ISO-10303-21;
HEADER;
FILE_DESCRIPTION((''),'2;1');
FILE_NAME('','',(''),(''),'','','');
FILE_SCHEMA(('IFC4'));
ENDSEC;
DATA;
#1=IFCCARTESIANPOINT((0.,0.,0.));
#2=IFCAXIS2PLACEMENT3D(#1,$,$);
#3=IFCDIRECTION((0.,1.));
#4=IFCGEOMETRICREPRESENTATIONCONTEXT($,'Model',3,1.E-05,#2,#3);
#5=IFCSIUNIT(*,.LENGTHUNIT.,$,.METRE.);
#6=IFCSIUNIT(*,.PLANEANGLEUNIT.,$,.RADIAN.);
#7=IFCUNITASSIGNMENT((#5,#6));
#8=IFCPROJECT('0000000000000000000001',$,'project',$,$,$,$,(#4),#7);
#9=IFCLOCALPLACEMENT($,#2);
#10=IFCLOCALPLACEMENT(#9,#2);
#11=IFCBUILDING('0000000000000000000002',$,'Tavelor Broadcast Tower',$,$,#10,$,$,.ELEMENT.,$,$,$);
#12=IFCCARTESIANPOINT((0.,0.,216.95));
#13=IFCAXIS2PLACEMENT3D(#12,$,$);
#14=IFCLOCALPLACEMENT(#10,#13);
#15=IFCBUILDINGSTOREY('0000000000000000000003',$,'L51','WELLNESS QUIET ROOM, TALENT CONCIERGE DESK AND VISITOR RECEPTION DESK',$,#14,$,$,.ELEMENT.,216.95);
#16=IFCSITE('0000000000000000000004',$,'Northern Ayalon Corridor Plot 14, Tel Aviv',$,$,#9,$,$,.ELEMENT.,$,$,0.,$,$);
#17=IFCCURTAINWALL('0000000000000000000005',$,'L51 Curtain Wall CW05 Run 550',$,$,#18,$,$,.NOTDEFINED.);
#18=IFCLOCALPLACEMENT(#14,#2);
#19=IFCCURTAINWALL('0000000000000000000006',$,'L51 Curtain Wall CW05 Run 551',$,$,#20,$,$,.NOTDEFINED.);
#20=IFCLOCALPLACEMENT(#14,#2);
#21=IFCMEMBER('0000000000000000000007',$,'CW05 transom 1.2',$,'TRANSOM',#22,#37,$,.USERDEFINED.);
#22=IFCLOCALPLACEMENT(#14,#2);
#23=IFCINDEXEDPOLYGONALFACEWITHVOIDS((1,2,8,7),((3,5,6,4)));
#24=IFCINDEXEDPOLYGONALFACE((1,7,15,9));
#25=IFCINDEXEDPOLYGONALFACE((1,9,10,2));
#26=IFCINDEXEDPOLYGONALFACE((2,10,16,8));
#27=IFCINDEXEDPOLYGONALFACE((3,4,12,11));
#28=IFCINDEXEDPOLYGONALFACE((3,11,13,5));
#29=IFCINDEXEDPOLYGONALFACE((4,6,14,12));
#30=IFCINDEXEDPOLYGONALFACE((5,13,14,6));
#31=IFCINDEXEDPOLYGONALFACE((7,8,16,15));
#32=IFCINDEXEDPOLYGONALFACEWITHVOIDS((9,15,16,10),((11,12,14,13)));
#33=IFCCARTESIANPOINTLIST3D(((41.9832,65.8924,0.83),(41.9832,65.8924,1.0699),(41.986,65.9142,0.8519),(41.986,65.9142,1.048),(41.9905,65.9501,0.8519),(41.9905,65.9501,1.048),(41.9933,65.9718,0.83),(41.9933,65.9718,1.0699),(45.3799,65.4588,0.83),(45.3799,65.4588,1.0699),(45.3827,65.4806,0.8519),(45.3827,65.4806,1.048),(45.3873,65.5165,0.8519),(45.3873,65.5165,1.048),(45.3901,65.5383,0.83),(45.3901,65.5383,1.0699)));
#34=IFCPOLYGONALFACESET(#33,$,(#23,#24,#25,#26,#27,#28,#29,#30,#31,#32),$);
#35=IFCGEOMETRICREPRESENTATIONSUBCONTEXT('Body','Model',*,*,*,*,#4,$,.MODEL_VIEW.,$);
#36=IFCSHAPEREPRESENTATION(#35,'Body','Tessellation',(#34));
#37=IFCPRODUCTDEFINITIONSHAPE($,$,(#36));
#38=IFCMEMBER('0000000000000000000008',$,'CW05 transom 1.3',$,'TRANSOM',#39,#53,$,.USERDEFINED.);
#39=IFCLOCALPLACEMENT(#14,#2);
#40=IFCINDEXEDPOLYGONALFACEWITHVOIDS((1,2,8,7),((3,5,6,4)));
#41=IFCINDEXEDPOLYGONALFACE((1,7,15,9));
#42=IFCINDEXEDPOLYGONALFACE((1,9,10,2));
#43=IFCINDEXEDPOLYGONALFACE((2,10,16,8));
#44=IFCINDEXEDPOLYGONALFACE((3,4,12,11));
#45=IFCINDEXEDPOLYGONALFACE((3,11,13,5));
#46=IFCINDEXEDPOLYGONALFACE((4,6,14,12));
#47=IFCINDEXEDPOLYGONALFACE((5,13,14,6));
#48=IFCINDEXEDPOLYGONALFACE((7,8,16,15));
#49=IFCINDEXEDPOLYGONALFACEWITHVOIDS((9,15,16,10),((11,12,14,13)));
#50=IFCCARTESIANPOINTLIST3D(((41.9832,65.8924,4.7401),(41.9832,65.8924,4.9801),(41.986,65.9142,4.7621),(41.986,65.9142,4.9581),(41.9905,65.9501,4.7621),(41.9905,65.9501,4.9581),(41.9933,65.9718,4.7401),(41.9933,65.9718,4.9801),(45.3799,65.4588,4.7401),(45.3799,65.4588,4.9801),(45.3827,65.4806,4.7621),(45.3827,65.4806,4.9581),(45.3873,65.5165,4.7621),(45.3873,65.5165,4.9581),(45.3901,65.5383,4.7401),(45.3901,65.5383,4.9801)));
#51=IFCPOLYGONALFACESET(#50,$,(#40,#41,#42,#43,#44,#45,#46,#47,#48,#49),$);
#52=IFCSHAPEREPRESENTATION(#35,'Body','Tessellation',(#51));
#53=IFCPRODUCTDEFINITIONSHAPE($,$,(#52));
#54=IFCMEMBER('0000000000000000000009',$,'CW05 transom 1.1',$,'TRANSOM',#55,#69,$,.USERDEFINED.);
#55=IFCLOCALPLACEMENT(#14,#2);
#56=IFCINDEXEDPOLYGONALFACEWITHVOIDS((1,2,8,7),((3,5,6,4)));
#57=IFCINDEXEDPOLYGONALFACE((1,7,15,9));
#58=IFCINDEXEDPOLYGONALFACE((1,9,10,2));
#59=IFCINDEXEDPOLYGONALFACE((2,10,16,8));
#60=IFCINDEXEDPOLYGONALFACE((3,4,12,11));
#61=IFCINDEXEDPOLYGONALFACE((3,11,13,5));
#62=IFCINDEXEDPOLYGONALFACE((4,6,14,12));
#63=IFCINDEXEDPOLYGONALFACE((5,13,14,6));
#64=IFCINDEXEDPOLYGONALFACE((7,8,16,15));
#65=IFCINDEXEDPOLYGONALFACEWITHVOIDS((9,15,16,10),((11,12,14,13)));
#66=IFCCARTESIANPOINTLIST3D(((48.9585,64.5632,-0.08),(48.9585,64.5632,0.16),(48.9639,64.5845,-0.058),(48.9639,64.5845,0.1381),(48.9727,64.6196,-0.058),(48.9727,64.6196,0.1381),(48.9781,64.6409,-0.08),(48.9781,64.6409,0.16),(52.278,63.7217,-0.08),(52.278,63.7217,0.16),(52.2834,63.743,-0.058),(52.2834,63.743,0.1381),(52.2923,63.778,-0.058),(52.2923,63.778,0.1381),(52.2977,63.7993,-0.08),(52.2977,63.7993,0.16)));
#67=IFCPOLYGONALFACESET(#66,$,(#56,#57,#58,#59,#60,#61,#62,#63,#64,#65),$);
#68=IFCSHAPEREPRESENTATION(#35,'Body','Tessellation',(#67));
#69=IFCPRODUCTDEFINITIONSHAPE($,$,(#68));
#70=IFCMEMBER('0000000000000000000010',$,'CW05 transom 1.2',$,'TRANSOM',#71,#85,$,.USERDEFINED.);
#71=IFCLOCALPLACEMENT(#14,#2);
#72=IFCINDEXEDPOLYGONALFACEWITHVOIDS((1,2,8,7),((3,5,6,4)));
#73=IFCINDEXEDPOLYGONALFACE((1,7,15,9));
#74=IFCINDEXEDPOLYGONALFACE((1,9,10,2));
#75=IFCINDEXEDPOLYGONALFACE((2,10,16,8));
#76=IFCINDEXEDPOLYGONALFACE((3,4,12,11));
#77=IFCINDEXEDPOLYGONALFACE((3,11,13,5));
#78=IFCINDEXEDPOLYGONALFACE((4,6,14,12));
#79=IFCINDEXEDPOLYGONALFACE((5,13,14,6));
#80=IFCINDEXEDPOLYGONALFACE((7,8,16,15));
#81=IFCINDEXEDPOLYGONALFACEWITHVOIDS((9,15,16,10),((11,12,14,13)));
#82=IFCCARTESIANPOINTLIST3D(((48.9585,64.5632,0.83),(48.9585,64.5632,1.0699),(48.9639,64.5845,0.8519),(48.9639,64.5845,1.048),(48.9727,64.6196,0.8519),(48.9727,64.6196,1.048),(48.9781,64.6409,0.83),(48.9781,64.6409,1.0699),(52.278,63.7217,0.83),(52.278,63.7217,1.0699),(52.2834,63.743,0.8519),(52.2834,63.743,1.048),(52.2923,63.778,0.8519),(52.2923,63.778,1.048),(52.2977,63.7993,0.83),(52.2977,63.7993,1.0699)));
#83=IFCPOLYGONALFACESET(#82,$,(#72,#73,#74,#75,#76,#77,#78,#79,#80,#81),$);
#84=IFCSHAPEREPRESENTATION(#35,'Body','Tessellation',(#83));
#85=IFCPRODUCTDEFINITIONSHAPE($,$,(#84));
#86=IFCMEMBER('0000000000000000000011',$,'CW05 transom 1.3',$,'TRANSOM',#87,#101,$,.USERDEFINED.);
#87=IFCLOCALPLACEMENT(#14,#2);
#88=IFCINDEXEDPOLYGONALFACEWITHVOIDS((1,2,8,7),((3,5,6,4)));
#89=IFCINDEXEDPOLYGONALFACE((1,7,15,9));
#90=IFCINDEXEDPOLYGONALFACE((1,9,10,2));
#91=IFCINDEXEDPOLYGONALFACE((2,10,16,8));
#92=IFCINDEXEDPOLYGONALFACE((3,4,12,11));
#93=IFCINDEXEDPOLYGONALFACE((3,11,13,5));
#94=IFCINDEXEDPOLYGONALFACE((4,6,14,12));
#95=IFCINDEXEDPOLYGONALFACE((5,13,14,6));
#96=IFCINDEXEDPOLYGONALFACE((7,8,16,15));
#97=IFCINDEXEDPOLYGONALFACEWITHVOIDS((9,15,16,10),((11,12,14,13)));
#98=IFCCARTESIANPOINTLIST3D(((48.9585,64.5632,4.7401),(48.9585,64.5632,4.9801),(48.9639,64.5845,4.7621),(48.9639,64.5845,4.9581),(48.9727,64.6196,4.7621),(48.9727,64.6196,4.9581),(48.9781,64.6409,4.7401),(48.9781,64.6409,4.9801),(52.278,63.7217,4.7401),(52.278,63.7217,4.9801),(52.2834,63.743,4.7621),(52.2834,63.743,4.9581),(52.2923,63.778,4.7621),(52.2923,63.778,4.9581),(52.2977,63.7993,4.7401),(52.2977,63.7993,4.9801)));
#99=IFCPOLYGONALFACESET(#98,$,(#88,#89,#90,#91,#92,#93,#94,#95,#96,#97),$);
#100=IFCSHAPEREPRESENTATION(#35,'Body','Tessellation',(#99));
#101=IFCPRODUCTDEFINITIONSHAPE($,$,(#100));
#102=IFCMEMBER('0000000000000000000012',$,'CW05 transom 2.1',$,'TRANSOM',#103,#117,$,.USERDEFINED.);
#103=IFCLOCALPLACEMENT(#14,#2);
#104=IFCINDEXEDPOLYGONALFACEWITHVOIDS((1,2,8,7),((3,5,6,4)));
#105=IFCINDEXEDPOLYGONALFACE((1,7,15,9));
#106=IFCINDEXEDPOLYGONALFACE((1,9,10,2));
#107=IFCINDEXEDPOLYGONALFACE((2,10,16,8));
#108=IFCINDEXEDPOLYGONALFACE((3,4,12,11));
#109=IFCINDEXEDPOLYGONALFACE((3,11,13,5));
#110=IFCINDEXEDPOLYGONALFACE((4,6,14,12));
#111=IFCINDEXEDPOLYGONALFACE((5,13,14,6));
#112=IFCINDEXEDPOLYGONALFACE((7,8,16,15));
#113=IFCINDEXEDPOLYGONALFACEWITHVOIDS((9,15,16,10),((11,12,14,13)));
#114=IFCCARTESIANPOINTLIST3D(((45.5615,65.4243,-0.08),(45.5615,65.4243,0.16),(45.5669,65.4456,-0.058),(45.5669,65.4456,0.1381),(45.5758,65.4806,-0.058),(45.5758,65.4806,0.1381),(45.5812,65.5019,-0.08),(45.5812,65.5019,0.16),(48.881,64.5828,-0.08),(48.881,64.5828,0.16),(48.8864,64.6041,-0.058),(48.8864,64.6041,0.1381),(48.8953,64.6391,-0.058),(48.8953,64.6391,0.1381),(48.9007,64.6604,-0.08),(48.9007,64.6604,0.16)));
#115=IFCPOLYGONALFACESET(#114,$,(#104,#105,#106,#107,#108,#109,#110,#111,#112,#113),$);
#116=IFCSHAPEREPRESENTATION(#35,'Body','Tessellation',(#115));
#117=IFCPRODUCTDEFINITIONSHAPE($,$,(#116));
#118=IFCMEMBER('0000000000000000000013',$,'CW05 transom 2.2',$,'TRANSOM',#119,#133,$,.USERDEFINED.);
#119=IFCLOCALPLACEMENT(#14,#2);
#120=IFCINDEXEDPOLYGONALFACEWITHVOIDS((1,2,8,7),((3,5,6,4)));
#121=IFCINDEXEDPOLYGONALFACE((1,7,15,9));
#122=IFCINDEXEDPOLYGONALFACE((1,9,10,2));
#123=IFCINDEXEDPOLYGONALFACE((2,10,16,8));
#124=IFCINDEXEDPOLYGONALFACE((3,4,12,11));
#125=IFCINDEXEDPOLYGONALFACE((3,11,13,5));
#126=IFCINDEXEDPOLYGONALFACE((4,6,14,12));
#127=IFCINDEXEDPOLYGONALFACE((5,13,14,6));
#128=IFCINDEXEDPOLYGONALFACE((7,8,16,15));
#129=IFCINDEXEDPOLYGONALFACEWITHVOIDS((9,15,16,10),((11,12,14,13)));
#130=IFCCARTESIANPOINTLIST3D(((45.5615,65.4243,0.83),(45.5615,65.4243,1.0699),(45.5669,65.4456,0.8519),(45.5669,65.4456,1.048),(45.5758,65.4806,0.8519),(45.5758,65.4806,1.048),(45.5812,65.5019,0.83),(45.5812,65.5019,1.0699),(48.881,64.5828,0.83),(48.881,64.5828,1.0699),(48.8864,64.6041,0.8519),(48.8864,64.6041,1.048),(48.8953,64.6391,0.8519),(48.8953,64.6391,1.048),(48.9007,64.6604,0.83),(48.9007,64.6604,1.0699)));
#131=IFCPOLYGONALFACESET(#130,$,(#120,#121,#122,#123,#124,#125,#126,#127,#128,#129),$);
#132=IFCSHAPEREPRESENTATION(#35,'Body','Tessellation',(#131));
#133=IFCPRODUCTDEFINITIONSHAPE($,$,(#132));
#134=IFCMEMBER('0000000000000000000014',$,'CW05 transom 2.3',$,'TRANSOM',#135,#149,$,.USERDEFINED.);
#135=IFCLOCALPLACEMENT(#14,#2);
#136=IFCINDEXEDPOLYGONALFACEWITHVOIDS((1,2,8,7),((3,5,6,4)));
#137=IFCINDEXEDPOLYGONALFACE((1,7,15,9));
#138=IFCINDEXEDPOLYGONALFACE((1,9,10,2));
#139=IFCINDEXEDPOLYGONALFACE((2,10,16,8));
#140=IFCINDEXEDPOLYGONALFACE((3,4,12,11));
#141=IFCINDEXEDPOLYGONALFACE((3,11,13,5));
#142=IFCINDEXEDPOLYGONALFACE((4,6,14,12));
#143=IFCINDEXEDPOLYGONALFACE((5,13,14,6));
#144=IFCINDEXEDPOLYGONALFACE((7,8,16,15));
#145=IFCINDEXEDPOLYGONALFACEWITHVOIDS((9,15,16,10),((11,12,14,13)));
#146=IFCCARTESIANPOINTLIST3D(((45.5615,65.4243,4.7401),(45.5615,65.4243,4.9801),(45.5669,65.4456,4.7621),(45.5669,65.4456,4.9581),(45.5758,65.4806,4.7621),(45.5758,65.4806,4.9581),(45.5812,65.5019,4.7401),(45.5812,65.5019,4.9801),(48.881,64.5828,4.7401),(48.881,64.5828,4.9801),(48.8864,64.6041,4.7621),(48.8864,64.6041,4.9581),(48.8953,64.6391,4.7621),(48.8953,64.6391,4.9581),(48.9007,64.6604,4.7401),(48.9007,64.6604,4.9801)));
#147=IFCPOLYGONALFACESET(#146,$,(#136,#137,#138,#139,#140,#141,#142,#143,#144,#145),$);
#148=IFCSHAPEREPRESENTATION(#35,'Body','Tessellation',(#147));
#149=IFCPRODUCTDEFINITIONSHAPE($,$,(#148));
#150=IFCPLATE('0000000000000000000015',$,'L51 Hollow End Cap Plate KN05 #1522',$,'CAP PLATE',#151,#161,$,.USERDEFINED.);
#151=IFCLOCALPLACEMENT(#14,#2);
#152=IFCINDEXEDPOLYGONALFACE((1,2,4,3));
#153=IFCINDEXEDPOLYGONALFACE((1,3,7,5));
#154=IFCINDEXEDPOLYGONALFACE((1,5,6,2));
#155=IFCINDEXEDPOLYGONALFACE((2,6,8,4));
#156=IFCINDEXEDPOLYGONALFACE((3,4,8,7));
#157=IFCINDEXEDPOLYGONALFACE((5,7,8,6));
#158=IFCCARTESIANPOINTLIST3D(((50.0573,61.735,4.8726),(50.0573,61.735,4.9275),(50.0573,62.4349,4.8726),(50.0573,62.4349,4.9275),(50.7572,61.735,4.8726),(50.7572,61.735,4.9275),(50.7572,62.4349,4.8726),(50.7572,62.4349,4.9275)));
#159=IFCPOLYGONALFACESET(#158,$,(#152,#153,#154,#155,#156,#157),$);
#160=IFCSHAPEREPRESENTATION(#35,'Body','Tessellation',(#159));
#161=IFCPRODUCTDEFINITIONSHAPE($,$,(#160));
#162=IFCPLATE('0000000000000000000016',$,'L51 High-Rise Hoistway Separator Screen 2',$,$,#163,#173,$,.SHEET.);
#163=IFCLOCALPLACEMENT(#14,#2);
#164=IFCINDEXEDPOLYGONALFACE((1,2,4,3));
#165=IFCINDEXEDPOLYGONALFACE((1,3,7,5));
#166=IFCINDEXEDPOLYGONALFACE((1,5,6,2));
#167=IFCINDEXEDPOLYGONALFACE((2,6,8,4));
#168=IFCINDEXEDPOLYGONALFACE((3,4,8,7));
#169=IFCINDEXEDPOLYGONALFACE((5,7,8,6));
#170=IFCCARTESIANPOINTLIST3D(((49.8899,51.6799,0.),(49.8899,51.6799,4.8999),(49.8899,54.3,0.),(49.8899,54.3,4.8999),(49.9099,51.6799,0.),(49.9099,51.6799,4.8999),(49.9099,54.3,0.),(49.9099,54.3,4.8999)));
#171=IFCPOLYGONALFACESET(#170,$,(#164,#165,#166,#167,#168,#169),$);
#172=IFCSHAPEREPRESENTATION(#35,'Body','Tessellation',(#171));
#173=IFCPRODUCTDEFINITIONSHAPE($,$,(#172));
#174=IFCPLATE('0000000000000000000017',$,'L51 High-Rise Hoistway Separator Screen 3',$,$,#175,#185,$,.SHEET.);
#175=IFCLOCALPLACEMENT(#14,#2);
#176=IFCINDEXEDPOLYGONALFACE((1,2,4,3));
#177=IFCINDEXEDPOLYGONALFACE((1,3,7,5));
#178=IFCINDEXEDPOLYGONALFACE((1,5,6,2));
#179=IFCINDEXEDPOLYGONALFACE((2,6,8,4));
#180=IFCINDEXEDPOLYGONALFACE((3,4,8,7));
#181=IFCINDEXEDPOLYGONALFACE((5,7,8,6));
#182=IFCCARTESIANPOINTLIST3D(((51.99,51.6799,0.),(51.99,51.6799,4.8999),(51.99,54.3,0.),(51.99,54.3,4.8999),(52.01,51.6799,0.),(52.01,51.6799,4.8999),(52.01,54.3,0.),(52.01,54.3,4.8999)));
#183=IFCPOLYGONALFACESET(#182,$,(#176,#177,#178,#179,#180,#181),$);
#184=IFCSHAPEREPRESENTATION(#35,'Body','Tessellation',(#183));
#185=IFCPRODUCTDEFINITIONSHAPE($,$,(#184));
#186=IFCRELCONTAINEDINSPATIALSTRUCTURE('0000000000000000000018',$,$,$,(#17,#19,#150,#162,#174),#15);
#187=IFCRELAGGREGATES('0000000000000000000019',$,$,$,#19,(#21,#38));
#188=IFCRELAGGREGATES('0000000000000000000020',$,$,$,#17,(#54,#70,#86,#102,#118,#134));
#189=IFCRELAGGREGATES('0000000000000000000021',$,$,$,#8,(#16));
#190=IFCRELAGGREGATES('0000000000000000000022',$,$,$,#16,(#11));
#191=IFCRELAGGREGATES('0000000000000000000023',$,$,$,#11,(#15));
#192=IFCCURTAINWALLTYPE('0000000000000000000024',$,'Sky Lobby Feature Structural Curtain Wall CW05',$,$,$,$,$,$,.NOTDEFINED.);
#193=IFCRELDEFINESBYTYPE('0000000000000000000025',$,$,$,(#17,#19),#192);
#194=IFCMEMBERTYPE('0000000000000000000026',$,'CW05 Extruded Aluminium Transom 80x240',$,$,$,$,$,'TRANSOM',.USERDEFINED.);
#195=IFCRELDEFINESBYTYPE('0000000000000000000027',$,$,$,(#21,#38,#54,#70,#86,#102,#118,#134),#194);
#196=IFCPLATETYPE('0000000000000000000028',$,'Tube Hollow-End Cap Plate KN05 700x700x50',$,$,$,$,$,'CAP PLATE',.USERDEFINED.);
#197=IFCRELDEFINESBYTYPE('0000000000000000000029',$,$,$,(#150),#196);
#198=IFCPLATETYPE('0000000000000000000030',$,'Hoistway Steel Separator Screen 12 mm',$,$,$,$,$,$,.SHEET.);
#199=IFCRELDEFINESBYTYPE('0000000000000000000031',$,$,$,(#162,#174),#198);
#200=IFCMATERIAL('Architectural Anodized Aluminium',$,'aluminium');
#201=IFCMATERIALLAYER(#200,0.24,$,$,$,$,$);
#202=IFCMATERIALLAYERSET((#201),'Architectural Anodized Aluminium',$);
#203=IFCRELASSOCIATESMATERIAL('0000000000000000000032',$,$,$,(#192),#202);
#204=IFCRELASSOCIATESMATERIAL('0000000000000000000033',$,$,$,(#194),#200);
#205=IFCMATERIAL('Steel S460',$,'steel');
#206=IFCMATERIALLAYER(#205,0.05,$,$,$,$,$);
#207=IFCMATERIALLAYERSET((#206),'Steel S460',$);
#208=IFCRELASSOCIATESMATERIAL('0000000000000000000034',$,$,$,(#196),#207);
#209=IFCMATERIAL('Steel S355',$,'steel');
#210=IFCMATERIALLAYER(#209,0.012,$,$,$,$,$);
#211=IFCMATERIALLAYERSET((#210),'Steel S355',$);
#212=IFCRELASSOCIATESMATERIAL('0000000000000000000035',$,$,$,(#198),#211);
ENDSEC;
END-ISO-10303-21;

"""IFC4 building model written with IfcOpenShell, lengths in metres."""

from ifc_helpers import new_model, si_unit, direction, frame, origin, origin_2d, place, context, subcontext, project, spatial, rectangle, hollow_rectangle, extrude, source, transform, mapped, material, layer, layer_set, material_profile, profile_set, type_object, type_shapes, element, aggregate, save


model = new_model("IFC4")

# Units and contexts
model_context = context("Model", 3, precision=1e-05, world=origin(), true_north=direction((0.0, 1.0)))
body_context = subcontext(model_context, "Body", "Model", "MODEL_VIEW")
ifc_project = project(units=[si_unit("LENGTHUNIT", "METRE"), si_unit("PLANEANGLEUNIT", "RADIAN")], contexts=[model_context])

# Site, building, storey
site_placement = place(None, origin())
site = spatial("IfcSite", under=ifc_project, at=site_placement, Name="Northern Ayalon Corridor Plot 14, Tel Aviv", CompositionType="ELEMENT", RefElevation=0.0)
building_placement = place(site_placement, origin())
building = spatial("IfcBuilding", under=site, at=building_placement, Name="Tavelor Broadcast Tower", CompositionType="ELEMENT")
storey_placement = place(building_placement, frame((0.0, 0.0, 216.95)))
storey = spatial("IfcBuildingStorey", under=building, at=storey_placement, Name="L51", Description="WELLNESS QUIET ROOM, TALENT CONCIERGE DESK AND VISITOR RECEPTION DESK", CompositionType="ELEMENT", Elevation=216.95)

# Shared definitions
ifc_material_1 = material(Name="Steel S460", Category="steel")

# Shared definitions
ifc_material_2 = material(Name="Steel S355", Category="steel")

# Shared definitions
ifc_material_3 = material(Name="Architectural Anodized Aluminium", Category="aluminium")
ifc_layer_1 = layer(ifc_material_3, 0.24)
ifc_layer_set_1 = layer_set([ifc_layer_1], Name="Architectural Anodized Aluminium")
curtain_wall_type = type_object("IfcCurtainWallType", Name="Sky Lobby Feature Structural Curtain Wall CW05", PredefinedType="NOTDEFINED", material=ifc_layer_set_1)

# Curtain walls, members
curtain_wall_1_placement = place(storey_placement, origin())
curtain_wall_1 = element("IfcCurtainWall", 1, at=curtain_wall_1_placement, inside=storey, type_object=curtain_wall_type, Name="L51 Curtain Wall CW05 Run 550", PredefinedType="NOTDEFINED")
curtain_wall_2_placement = place(storey_placement, origin())
curtain_wall_2 = element("IfcCurtainWall", 2, at=curtain_wall_2_placement, inside=storey, type_object=curtain_wall_type, Name="L51 Curtain Wall CW05 Run 551", PredefinedType="NOTDEFINED")
ifc_material_profile_1 = material_profile(ifc_material_3, hollow_rectangle(XDim=0.0801, YDim=0.24, WallThickness=0.022, at=origin_2d()), Name="RHS 80x240x22")
ifc_profile_set_1 = profile_set([ifc_material_profile_1], Name="Architectural Anodized Aluminium")
member_type_1 = type_object("IfcMemberType", Name="CW05 Extruded Aluminium Transom 80x240", ElementType="TRANSOM", PredefinedType="USERDEFINED", material=ifc_profile_set_1)
shared_shape_1 = source(origin(), body_context, "Body", "SweptSolid", [
    extrude(hollow_rectangle(XDim=0.0801, YDim=0.24, WallThickness=0.022, at=origin_2d()), origin(), (0.0, 0.0, 1.0), 3.4243),
])
member_1_placement = place(storey_placement, frame((45.385, 65.4985, 0.95), z_axis=(-0.991951, 0.126623, 0.0), x_axis=(-0.126623, -0.991951, 0.0)))
member_1 = element("IfcMember", 3, at=member_1_placement, type_object=member_type_1, Name="CW05 transom 1.2", ObjectType="TRANSOM", PredefinedType="USERDEFINED", context=body_context, shape_type="MappedRepresentation", body=[
    mapped(shared_shape_1, transform((0.0, 0.0, 0.0), scale=1.0)),
])
member_2_placement = place(storey_placement, frame((45.385, 65.4985, 4.8601), z_axis=(-0.991951, 0.126623, 0.0), x_axis=(-0.126623, -0.991951, 0.0)))
member_2 = element("IfcMember", 4, at=member_2_placement, type_object=member_type_1, Name="CW05 transom 1.3", ObjectType="TRANSOM", PredefinedType="USERDEFINED", context=body_context, shape_type="MappedRepresentation", body=[
    mapped(shared_shape_1, transform((0.0, 0.0, 0.0), scale=1.0)),
])
aggregate(curtain_wall_2, [member_1, member_2])

# Members
shared_shape_2 = source(origin(), body_context, "Body", "SweptSolid", [
    extrude(hollow_rectangle(XDim=0.0801, YDim=0.24, WallThickness=0.022, at=origin_2d()), origin(), (0.0, 0.0, 1.0), 3.4246),
])
type_shapes(member_type_1, [shared_shape_1, shared_shape_2])
member_3_placement = place(storey_placement, frame((52.2878, 63.7605, 0.04), z_axis=(-0.969336, 0.245738, 0.0), x_axis=(-0.245738, -0.969336, 0.0)))
member_3 = element("IfcMember", 5, at=member_3_placement, type_object=member_type_1, Name="CW05 transom 1.1", ObjectType="TRANSOM", PredefinedType="USERDEFINED", context=body_context, shape_type="MappedRepresentation", body=[
    mapped(shared_shape_2, transform((0.0, 0.0, 0.0), scale=1.0)),
])
member_4_placement = place(storey_placement, frame((52.2878, 63.7605, 0.95), z_axis=(-0.969336, 0.245738, 0.0), x_axis=(-0.245738, -0.969336, 0.0)))
member_4 = element("IfcMember", 6, at=member_4_placement, type_object=member_type_1, Name="CW05 transom 1.2", ObjectType="TRANSOM", PredefinedType="USERDEFINED", context=body_context, shape_type="MappedRepresentation", body=[
    mapped(shared_shape_2, transform((0.0, 0.0, 0.0), scale=1.0)),
])
member_5_placement = place(storey_placement, frame((52.2878, 63.7605, 4.8601), z_axis=(-0.969336, 0.245738, 0.0), x_axis=(-0.245738, -0.969336, 0.0)))
member_5 = element("IfcMember", 7, at=member_5_placement, type_object=member_type_1, Name="CW05 transom 1.3", ObjectType="TRANSOM", PredefinedType="USERDEFINED", context=body_context, shape_type="MappedRepresentation", body=[
    mapped(shared_shape_2, transform((0.0, 0.0, 0.0), scale=1.0)),
])
member_6_placement = place(storey_placement, frame((48.8909, 64.6216, 0.04), z_axis=(-0.969336, 0.245738, 0.0), x_axis=(-0.245738, -0.969336, 0.0)))
member_6 = element("IfcMember", 8, at=member_6_placement, type_object=member_type_1, Name="CW05 transom 2.1", ObjectType="TRANSOM", PredefinedType="USERDEFINED", context=body_context, shape_type="MappedRepresentation", body=[
    mapped(shared_shape_2, transform((0.0, 0.0, 0.0), scale=1.0)),
])
member_7_placement = place(storey_placement, frame((48.8909, 64.6216, 0.95), z_axis=(-0.969336, 0.245738, 0.0), x_axis=(-0.245738, -0.969336, 0.0)))
member_7 = element("IfcMember", 9, at=member_7_placement, type_object=member_type_1, Name="CW05 transom 2.2", ObjectType="TRANSOM", PredefinedType="USERDEFINED", context=body_context, shape_type="MappedRepresentation", body=[
    mapped(shared_shape_2, transform((0.0, 0.0, 0.0), scale=1.0)),
])
member_8_placement = place(storey_placement, frame((48.8909, 64.6216, 4.8601), z_axis=(-0.969336, 0.245738, 0.0), x_axis=(-0.245738, -0.969336, 0.0)))
member_8 = element("IfcMember", 10, at=member_8_placement, type_object=member_type_1, Name="CW05 transom 2.3", ObjectType="TRANSOM", PredefinedType="USERDEFINED", context=body_context, shape_type="MappedRepresentation", body=[
    mapped(shared_shape_2, transform((0.0, 0.0, 0.0), scale=1.0)),
])

# Plates
ifc_layer_2 = layer(ifc_material_1, 0.05)
ifc_layer_set_2 = layer_set([ifc_layer_2], Name="Steel S460")
plate_type_1 = type_object("IfcPlateType", Name="Tube Hollow-End Cap Plate KN05 700x700x50", ElementType="CAP PLATE", PredefinedType="USERDEFINED", material=ifc_layer_set_2)
shared_shape_3 = source(origin(), body_context, "Body", "SweptSolid", [
    extrude(rectangle(XDim=0.7, YDim=0.7, at=origin_2d()), origin(), (0.0, 0.0, 1.0), 0.0549),
])
type_shapes(plate_type_1, [shared_shape_3])
plate_1_placement = place(storey_placement, frame((50.4072, 62.085, 4.8726), z_axis=(0.0, 0.0, 1.0), x_axis=(1.0, 0.0, 0.0)))
element("IfcPlate", 11, at=plate_1_placement, inside=storey, type_object=plate_type_1, Name="L51 Hollow End Cap Plate KN05 #1522", ObjectType="CAP PLATE", PredefinedType="USERDEFINED", context=body_context, shape_type="MappedRepresentation", body=[
    mapped(shared_shape_3, transform((0.0, 0.0, 0.0), scale=1.0)),
])
ifc_layer_3 = layer(ifc_material_2, 0.012)
ifc_layer_set_3 = layer_set([ifc_layer_3], Name="Steel S355")
plate_type_2 = type_object("IfcPlateType", Name="Hoistway Steel Separator Screen 12 mm", PredefinedType="SHEET", material=ifc_layer_set_3)
shared_shape_4 = source(origin(), body_context, "Body", "SweptSolid", [
    extrude(rectangle(XDim=0.02, YDim=2.6201, at=origin_2d()), origin(), (0.0, 0.0, 1.0), 4.8999),
])
type_shapes(plate_type_2, [shared_shape_4])
for number, where, z_axis, x_axis, name in (
    (12, (49.8999, 52.99, 0.0), (0.0, 0.0, 1.0), (1.0, 0.0, 0.0), "L51 High-Rise Hoistway Separator Screen 2"),
    (13, (52.0, 52.99, 0.0), (0.0, 0.0, 1.0), (1.0, 0.0, 0.0), "L51 High-Rise Hoistway Separator Screen 3"),
):
    element("IfcPlate", number, at=place(storey_placement, frame(where, z_axis=z_axis, x_axis=x_axis)), inside=storey, type_object=plate_type_2, Name=name, PredefinedType="SHEET", context=body_context, shape_type="MappedRepresentation", body=[
        mapped(shared_shape_4, transform((0.0, 0.0, 0.0), scale=1.0)),
    ])

aggregate(curtain_wall_1, [member_3, member_4, member_5, member_6, member_7, member_8])

save(model, "model.ifc")
